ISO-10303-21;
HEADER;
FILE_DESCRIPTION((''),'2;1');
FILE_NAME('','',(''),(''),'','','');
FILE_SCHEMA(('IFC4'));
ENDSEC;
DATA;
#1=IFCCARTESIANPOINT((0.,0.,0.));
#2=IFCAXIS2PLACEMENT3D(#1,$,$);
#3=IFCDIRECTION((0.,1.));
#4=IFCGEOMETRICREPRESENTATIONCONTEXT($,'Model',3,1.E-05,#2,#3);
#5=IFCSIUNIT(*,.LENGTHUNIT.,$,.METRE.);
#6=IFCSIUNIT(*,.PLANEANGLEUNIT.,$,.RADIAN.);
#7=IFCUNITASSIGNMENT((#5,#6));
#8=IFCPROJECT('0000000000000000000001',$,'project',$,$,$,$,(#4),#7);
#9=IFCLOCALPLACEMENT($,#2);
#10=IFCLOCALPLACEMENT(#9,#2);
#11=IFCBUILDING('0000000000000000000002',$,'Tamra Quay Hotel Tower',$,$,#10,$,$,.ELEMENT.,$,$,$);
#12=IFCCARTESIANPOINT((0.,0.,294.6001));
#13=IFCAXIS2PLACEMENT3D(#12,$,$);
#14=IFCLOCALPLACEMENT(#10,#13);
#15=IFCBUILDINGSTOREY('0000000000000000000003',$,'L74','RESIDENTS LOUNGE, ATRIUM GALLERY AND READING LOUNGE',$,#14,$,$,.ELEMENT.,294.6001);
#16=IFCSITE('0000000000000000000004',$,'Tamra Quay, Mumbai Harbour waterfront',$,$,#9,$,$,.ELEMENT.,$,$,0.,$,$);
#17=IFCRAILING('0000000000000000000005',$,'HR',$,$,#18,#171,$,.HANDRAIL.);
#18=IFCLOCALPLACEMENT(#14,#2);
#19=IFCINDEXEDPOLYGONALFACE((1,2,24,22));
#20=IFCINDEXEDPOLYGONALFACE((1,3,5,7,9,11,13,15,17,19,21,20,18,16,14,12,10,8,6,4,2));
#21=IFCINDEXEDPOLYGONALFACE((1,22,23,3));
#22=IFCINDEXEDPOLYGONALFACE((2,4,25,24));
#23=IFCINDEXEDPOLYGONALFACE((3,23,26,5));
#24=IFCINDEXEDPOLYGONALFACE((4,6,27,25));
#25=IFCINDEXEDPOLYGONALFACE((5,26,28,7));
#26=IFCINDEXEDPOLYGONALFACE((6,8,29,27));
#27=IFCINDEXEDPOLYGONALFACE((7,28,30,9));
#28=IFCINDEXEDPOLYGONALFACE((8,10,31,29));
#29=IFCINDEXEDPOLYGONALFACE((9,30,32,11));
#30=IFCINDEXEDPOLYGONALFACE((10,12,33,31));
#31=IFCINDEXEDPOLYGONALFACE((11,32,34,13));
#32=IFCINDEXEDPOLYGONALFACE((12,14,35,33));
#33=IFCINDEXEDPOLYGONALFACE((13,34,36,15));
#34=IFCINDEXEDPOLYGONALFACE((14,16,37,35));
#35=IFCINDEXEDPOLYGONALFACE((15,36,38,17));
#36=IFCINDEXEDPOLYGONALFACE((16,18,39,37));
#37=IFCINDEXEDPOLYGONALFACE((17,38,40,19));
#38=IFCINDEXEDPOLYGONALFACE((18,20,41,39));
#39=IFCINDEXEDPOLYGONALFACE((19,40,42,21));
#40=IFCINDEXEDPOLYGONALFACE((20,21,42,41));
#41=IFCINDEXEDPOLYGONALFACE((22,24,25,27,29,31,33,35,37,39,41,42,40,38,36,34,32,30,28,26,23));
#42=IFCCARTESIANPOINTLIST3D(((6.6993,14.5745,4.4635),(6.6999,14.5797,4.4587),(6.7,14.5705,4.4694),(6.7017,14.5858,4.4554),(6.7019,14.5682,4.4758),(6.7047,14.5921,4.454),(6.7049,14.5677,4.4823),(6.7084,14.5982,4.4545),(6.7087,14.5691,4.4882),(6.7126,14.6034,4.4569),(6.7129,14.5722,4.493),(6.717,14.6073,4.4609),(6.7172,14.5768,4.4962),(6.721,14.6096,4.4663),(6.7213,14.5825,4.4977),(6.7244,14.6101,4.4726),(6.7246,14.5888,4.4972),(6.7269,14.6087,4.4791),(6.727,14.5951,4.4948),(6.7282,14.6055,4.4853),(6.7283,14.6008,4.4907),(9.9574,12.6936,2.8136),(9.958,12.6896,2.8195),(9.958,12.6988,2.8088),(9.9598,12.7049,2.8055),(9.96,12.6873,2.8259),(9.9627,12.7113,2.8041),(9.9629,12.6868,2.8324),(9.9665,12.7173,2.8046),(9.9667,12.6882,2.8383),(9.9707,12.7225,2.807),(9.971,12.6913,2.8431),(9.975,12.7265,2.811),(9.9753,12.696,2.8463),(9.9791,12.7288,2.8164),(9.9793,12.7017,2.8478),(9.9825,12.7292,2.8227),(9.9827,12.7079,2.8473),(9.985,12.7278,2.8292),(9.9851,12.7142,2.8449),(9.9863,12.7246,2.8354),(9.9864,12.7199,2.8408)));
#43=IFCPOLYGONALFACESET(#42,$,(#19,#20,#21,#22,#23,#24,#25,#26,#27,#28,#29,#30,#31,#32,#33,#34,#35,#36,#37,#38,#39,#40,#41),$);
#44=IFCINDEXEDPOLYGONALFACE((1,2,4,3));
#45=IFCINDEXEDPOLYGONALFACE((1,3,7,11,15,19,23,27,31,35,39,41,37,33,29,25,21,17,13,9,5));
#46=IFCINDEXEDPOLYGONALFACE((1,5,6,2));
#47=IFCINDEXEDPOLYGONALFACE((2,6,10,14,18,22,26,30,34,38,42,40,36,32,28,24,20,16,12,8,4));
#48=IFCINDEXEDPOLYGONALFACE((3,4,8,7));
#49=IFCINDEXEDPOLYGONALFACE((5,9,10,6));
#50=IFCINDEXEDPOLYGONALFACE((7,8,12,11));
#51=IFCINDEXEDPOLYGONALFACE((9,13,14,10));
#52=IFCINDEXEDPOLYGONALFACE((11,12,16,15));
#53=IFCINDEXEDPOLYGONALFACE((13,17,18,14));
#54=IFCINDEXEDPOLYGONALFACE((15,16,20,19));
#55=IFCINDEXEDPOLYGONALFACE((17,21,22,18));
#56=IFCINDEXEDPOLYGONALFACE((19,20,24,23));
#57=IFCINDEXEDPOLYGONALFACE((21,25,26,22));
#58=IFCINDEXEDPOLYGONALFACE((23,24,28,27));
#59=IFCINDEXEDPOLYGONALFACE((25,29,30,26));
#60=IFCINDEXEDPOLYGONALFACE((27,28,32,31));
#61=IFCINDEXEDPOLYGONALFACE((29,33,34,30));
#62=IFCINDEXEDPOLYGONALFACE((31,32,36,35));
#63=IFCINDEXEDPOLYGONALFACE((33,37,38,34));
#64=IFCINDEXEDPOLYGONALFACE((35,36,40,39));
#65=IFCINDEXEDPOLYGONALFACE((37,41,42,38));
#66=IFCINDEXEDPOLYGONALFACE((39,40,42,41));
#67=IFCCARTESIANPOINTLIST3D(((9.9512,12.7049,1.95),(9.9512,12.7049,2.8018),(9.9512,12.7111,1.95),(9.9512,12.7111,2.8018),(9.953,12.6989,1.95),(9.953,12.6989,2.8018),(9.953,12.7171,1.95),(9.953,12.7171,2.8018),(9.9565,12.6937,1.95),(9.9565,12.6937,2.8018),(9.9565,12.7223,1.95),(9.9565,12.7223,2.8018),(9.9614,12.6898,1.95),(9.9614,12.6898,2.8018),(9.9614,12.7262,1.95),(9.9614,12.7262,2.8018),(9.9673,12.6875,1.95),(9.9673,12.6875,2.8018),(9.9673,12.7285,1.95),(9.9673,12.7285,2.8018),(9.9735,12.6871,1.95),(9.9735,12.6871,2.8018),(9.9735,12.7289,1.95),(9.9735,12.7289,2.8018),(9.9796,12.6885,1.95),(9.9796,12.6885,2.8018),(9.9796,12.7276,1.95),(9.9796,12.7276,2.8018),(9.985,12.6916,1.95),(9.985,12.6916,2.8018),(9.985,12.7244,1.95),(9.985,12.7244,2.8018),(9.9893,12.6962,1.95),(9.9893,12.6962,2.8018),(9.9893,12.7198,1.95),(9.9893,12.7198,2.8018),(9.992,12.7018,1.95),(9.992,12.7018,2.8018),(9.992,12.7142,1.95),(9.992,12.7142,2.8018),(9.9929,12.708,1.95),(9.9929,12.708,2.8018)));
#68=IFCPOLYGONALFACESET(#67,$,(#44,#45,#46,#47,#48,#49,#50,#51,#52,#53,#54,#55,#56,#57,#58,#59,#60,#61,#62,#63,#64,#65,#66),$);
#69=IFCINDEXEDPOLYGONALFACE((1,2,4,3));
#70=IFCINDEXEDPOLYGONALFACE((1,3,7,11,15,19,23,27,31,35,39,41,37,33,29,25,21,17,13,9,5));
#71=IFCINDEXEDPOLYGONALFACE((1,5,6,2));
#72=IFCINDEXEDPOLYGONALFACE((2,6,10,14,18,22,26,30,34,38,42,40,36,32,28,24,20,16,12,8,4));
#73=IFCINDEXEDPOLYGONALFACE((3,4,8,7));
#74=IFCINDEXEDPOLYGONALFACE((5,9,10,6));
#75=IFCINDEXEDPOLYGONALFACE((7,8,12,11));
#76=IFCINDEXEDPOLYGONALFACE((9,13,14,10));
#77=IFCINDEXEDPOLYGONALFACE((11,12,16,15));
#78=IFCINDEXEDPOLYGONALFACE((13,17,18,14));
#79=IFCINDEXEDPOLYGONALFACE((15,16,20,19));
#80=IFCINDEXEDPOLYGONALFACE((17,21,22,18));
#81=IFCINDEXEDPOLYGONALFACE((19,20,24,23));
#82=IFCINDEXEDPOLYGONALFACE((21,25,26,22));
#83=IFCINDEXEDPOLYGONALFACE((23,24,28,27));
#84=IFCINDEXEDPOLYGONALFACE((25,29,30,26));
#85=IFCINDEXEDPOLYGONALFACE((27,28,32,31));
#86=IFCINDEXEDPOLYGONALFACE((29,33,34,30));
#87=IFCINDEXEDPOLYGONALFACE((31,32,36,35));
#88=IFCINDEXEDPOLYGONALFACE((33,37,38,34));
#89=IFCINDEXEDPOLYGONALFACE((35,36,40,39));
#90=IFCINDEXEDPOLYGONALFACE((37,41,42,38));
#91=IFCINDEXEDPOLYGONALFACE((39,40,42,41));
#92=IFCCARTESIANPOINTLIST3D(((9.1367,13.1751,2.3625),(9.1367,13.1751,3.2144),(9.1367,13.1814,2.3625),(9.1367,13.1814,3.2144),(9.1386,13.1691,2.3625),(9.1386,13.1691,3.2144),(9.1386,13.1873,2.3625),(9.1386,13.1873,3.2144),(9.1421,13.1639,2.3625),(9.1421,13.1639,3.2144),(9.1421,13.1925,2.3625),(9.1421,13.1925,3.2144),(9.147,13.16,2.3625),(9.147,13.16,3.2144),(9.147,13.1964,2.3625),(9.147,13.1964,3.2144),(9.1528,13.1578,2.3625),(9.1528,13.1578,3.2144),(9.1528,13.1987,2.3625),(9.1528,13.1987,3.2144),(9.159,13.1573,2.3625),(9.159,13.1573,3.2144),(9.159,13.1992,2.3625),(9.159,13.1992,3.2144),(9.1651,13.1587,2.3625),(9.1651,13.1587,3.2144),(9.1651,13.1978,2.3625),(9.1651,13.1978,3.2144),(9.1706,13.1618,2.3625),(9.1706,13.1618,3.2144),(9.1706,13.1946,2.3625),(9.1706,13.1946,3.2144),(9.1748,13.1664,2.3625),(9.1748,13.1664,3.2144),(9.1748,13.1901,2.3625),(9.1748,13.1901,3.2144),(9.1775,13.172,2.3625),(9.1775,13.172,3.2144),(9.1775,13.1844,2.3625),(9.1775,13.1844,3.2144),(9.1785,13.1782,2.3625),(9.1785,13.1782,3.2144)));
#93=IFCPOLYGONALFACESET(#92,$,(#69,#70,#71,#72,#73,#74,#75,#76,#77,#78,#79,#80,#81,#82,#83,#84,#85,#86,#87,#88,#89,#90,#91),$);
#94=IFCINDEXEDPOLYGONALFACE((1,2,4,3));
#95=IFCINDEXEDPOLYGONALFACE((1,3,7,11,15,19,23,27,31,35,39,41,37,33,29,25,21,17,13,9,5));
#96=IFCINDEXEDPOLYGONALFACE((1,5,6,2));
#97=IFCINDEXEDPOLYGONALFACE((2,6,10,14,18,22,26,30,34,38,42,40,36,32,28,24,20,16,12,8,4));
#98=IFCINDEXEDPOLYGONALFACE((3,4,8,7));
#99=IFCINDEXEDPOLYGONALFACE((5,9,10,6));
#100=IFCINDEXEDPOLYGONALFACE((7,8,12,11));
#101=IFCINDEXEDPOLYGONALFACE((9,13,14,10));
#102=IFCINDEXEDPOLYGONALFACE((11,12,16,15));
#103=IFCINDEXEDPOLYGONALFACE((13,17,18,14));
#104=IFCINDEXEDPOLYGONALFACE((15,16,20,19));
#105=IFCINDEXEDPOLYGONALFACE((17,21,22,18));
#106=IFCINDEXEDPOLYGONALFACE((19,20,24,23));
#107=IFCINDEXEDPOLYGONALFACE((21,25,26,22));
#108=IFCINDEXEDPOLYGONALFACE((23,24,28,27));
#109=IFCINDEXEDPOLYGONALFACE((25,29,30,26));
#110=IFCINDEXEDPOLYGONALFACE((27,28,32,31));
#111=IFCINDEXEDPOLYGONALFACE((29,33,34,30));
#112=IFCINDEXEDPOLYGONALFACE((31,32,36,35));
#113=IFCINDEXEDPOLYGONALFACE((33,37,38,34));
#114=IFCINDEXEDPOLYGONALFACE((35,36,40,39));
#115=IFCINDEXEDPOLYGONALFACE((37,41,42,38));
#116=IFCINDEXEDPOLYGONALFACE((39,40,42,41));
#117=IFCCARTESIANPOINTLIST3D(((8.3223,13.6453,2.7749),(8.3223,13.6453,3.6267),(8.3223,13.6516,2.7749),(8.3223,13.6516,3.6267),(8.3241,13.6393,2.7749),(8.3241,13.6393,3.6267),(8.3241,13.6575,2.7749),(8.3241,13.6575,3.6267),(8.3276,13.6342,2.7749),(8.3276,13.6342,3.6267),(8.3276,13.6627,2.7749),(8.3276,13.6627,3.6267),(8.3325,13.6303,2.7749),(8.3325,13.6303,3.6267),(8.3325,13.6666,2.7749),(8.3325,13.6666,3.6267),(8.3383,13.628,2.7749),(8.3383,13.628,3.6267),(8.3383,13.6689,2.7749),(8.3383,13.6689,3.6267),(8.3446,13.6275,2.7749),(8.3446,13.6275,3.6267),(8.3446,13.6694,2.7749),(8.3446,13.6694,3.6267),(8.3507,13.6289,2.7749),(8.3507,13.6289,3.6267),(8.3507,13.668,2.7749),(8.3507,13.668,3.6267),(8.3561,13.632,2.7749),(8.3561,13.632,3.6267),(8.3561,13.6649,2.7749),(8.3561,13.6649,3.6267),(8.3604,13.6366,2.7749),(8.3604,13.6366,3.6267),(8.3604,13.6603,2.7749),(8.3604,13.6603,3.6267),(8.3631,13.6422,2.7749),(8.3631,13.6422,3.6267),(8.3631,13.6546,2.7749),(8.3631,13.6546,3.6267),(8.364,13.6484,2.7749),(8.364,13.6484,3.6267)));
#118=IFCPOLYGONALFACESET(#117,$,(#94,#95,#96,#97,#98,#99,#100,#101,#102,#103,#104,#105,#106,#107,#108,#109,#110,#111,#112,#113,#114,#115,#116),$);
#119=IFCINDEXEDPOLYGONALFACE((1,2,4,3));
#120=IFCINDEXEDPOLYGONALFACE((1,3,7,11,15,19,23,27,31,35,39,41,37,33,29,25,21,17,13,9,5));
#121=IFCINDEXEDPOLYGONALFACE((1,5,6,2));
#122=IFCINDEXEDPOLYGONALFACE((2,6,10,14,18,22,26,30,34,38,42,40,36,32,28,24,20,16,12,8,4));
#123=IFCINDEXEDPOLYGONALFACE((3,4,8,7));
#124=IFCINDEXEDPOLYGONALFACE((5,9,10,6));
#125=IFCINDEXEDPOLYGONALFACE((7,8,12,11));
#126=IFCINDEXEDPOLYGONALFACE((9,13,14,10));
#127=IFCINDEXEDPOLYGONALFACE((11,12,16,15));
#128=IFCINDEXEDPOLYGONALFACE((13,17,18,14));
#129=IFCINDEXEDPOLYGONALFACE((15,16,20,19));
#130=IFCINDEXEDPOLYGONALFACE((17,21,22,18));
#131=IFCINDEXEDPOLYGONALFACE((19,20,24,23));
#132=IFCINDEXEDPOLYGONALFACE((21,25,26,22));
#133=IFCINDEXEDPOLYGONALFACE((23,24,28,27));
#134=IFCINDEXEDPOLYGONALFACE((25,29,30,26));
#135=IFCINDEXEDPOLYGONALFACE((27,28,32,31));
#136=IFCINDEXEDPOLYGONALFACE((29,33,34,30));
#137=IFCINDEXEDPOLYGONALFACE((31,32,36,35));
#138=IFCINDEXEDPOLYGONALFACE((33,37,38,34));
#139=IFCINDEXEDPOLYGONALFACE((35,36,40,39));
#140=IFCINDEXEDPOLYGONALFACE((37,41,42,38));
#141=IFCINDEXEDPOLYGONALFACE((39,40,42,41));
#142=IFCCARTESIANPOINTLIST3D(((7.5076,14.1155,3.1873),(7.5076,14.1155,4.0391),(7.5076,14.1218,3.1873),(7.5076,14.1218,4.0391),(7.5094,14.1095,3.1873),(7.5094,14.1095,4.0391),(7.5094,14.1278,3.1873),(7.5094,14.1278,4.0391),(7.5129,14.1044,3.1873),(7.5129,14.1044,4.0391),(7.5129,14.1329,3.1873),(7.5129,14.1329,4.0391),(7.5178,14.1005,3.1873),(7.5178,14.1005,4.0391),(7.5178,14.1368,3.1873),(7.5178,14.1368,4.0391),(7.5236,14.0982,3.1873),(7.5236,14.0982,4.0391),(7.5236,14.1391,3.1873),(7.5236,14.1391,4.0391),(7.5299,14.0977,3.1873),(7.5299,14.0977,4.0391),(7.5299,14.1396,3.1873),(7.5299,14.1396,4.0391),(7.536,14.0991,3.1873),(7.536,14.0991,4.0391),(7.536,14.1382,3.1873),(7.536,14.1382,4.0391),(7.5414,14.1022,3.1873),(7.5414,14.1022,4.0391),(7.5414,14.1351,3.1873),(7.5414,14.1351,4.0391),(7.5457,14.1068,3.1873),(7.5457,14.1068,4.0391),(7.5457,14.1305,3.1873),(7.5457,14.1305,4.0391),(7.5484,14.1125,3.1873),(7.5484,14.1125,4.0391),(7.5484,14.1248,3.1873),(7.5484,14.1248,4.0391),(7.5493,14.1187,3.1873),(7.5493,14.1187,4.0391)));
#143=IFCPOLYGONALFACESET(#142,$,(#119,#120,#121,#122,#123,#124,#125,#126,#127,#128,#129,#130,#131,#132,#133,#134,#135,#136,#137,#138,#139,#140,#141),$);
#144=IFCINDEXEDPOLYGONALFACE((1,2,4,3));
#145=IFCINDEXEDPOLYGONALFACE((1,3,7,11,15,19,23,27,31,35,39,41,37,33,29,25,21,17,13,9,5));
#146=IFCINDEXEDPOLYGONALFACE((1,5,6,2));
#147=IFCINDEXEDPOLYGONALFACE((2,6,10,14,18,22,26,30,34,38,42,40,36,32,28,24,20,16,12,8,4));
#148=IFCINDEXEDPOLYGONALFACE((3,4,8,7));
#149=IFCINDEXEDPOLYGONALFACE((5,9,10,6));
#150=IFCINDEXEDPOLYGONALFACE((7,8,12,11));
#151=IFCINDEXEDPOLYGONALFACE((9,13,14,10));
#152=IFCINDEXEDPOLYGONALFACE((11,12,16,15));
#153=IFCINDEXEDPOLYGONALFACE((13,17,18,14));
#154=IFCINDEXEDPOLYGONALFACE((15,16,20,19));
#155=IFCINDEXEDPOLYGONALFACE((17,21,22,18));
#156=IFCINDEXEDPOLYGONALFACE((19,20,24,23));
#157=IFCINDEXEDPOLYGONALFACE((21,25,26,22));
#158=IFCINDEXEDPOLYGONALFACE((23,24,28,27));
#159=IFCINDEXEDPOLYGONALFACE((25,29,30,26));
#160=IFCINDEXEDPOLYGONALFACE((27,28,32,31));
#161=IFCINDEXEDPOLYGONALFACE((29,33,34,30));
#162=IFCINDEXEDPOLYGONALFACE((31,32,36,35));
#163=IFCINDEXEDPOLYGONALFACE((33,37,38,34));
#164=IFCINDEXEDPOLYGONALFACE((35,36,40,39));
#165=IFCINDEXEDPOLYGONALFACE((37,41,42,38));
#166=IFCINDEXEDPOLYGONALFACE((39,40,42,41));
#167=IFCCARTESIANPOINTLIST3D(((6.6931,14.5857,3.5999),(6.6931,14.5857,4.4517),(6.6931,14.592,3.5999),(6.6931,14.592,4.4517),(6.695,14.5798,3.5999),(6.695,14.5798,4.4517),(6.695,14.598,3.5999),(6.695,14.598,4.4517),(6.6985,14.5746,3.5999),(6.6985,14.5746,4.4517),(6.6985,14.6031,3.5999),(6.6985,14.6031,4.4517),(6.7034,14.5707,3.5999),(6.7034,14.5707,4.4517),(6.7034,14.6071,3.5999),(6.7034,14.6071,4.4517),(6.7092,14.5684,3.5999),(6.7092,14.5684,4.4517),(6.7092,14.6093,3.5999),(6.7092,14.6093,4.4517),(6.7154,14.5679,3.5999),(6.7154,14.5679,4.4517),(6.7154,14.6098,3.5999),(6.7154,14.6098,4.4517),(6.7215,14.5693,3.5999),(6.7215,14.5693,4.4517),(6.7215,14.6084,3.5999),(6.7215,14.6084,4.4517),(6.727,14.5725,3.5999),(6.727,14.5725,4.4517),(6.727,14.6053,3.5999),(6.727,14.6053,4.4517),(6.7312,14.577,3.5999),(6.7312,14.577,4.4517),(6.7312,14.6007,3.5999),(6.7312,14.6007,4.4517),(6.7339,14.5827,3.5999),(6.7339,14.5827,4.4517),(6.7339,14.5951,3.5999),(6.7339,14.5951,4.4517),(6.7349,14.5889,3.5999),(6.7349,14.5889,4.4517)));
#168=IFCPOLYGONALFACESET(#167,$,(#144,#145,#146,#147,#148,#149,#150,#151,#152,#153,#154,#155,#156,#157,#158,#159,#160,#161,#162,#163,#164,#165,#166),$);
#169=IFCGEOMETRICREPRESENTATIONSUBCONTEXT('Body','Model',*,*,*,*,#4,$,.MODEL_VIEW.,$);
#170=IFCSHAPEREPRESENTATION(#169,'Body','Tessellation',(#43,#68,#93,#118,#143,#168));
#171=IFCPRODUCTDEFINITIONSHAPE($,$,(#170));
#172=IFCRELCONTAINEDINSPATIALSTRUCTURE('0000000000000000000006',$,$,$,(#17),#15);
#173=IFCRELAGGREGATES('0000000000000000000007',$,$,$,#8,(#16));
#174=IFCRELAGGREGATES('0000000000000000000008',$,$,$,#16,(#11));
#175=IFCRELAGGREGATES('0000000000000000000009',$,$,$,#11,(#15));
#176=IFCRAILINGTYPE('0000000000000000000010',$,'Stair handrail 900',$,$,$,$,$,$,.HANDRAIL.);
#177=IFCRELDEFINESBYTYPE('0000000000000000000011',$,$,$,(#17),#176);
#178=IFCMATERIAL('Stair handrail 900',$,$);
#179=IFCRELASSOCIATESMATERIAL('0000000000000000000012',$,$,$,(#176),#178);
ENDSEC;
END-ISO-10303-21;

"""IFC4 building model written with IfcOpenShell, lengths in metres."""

from ifc_helpers import new_model, si_unit, direction, frame, origin, origin_2d, place, context, subcontext, project, spatial, circle, extrude, material, type_object, element, save


model = new_model("IFC4")

# Units and contexts
model_context = context("Model", 3, precision=1e-05, world=origin(), true_north=direction((0.0, 1.0)))
body_context = subcontext(model_context, "Body", "Model", "MODEL_VIEW")
ifc_project = project(units=[si_unit("LENGTHUNIT", "METRE"), si_unit("PLANEANGLEUNIT", "RADIAN")], contexts=[model_context])

# Site, building, storey
site_placement = place(None, origin())
site = spatial("IfcSite", under=ifc_project, at=site_placement, Name="Tamra Quay, Mumbai Harbour waterfront", CompositionType="ELEMENT", RefElevation=0.0)
building_placement = place(site_placement, origin())
building = spatial("IfcBuilding", under=site, at=building_placement, Name="Tamra Quay Hotel Tower", CompositionType="ELEMENT")
storey_placement = place(building_placement, frame((0.0, 0.0, 294.6001)))
storey = spatial("IfcBuildingStorey", under=building, at=storey_placement, Name="L74", Description="RESIDENTS LOUNGE, ATRIUM GALLERY AND READING LOUNGE", CompositionType="ELEMENT", Elevation=294.6001)

# Railing
ifc_material_1 = material(Name="Stair handrail 900")
railing_type_1 = type_object("IfcRailingType", Name="Stair handrail 900", PredefinedType="HANDRAIL", material=ifc_material_1)
railing_1_placement = place(storey_placement, frame((9.9719, 12.708, 1.95)))
element("IfcRailing", 1, at=railing_1_placement, inside=storey, type_object=railing_type_1, Name="HR", PredefinedType="HANDRAIL", context=body_context, shape_type="SweptSolid", body=[
    extrude(circle(Radius=0.0239, at=origin_2d()), frame((0.0, 0.0, 0.876), z_axis=(-0.793122, 0.457865, 0.401642), x_axis=(-0.499964, -0.866046, 0.0)), (0.0, 0.0, 1.0), 4.1079),
    extrude(circle(Radius=0.021, at=origin_2d()), origin(), (0.0, 0.0, 1.0), 0.8518),
    extrude(circle(Radius=0.021, at=origin_2d()), frame((-0.8145, 0.4702, 0.4126)), (0.0, 0.0, 1.0), 0.8518),
    extrude(circle(Radius=0.021, at=origin_2d()), frame((-1.6289, 0.9404, 0.825)), (0.0, 0.0, 1.0), 0.8518),
    extrude(circle(Radius=0.021, at=origin_2d()), frame((-2.4436, 1.4106, 1.2373)), (0.0, 0.0, 1.0), 0.8518),
    extrude(circle(Radius=0.021, at=origin_2d()), frame((-3.2581, 1.8809, 1.6499)), (0.0, 0.0, 1.0), 0.8518),
])

save(model, "model.ifc")
